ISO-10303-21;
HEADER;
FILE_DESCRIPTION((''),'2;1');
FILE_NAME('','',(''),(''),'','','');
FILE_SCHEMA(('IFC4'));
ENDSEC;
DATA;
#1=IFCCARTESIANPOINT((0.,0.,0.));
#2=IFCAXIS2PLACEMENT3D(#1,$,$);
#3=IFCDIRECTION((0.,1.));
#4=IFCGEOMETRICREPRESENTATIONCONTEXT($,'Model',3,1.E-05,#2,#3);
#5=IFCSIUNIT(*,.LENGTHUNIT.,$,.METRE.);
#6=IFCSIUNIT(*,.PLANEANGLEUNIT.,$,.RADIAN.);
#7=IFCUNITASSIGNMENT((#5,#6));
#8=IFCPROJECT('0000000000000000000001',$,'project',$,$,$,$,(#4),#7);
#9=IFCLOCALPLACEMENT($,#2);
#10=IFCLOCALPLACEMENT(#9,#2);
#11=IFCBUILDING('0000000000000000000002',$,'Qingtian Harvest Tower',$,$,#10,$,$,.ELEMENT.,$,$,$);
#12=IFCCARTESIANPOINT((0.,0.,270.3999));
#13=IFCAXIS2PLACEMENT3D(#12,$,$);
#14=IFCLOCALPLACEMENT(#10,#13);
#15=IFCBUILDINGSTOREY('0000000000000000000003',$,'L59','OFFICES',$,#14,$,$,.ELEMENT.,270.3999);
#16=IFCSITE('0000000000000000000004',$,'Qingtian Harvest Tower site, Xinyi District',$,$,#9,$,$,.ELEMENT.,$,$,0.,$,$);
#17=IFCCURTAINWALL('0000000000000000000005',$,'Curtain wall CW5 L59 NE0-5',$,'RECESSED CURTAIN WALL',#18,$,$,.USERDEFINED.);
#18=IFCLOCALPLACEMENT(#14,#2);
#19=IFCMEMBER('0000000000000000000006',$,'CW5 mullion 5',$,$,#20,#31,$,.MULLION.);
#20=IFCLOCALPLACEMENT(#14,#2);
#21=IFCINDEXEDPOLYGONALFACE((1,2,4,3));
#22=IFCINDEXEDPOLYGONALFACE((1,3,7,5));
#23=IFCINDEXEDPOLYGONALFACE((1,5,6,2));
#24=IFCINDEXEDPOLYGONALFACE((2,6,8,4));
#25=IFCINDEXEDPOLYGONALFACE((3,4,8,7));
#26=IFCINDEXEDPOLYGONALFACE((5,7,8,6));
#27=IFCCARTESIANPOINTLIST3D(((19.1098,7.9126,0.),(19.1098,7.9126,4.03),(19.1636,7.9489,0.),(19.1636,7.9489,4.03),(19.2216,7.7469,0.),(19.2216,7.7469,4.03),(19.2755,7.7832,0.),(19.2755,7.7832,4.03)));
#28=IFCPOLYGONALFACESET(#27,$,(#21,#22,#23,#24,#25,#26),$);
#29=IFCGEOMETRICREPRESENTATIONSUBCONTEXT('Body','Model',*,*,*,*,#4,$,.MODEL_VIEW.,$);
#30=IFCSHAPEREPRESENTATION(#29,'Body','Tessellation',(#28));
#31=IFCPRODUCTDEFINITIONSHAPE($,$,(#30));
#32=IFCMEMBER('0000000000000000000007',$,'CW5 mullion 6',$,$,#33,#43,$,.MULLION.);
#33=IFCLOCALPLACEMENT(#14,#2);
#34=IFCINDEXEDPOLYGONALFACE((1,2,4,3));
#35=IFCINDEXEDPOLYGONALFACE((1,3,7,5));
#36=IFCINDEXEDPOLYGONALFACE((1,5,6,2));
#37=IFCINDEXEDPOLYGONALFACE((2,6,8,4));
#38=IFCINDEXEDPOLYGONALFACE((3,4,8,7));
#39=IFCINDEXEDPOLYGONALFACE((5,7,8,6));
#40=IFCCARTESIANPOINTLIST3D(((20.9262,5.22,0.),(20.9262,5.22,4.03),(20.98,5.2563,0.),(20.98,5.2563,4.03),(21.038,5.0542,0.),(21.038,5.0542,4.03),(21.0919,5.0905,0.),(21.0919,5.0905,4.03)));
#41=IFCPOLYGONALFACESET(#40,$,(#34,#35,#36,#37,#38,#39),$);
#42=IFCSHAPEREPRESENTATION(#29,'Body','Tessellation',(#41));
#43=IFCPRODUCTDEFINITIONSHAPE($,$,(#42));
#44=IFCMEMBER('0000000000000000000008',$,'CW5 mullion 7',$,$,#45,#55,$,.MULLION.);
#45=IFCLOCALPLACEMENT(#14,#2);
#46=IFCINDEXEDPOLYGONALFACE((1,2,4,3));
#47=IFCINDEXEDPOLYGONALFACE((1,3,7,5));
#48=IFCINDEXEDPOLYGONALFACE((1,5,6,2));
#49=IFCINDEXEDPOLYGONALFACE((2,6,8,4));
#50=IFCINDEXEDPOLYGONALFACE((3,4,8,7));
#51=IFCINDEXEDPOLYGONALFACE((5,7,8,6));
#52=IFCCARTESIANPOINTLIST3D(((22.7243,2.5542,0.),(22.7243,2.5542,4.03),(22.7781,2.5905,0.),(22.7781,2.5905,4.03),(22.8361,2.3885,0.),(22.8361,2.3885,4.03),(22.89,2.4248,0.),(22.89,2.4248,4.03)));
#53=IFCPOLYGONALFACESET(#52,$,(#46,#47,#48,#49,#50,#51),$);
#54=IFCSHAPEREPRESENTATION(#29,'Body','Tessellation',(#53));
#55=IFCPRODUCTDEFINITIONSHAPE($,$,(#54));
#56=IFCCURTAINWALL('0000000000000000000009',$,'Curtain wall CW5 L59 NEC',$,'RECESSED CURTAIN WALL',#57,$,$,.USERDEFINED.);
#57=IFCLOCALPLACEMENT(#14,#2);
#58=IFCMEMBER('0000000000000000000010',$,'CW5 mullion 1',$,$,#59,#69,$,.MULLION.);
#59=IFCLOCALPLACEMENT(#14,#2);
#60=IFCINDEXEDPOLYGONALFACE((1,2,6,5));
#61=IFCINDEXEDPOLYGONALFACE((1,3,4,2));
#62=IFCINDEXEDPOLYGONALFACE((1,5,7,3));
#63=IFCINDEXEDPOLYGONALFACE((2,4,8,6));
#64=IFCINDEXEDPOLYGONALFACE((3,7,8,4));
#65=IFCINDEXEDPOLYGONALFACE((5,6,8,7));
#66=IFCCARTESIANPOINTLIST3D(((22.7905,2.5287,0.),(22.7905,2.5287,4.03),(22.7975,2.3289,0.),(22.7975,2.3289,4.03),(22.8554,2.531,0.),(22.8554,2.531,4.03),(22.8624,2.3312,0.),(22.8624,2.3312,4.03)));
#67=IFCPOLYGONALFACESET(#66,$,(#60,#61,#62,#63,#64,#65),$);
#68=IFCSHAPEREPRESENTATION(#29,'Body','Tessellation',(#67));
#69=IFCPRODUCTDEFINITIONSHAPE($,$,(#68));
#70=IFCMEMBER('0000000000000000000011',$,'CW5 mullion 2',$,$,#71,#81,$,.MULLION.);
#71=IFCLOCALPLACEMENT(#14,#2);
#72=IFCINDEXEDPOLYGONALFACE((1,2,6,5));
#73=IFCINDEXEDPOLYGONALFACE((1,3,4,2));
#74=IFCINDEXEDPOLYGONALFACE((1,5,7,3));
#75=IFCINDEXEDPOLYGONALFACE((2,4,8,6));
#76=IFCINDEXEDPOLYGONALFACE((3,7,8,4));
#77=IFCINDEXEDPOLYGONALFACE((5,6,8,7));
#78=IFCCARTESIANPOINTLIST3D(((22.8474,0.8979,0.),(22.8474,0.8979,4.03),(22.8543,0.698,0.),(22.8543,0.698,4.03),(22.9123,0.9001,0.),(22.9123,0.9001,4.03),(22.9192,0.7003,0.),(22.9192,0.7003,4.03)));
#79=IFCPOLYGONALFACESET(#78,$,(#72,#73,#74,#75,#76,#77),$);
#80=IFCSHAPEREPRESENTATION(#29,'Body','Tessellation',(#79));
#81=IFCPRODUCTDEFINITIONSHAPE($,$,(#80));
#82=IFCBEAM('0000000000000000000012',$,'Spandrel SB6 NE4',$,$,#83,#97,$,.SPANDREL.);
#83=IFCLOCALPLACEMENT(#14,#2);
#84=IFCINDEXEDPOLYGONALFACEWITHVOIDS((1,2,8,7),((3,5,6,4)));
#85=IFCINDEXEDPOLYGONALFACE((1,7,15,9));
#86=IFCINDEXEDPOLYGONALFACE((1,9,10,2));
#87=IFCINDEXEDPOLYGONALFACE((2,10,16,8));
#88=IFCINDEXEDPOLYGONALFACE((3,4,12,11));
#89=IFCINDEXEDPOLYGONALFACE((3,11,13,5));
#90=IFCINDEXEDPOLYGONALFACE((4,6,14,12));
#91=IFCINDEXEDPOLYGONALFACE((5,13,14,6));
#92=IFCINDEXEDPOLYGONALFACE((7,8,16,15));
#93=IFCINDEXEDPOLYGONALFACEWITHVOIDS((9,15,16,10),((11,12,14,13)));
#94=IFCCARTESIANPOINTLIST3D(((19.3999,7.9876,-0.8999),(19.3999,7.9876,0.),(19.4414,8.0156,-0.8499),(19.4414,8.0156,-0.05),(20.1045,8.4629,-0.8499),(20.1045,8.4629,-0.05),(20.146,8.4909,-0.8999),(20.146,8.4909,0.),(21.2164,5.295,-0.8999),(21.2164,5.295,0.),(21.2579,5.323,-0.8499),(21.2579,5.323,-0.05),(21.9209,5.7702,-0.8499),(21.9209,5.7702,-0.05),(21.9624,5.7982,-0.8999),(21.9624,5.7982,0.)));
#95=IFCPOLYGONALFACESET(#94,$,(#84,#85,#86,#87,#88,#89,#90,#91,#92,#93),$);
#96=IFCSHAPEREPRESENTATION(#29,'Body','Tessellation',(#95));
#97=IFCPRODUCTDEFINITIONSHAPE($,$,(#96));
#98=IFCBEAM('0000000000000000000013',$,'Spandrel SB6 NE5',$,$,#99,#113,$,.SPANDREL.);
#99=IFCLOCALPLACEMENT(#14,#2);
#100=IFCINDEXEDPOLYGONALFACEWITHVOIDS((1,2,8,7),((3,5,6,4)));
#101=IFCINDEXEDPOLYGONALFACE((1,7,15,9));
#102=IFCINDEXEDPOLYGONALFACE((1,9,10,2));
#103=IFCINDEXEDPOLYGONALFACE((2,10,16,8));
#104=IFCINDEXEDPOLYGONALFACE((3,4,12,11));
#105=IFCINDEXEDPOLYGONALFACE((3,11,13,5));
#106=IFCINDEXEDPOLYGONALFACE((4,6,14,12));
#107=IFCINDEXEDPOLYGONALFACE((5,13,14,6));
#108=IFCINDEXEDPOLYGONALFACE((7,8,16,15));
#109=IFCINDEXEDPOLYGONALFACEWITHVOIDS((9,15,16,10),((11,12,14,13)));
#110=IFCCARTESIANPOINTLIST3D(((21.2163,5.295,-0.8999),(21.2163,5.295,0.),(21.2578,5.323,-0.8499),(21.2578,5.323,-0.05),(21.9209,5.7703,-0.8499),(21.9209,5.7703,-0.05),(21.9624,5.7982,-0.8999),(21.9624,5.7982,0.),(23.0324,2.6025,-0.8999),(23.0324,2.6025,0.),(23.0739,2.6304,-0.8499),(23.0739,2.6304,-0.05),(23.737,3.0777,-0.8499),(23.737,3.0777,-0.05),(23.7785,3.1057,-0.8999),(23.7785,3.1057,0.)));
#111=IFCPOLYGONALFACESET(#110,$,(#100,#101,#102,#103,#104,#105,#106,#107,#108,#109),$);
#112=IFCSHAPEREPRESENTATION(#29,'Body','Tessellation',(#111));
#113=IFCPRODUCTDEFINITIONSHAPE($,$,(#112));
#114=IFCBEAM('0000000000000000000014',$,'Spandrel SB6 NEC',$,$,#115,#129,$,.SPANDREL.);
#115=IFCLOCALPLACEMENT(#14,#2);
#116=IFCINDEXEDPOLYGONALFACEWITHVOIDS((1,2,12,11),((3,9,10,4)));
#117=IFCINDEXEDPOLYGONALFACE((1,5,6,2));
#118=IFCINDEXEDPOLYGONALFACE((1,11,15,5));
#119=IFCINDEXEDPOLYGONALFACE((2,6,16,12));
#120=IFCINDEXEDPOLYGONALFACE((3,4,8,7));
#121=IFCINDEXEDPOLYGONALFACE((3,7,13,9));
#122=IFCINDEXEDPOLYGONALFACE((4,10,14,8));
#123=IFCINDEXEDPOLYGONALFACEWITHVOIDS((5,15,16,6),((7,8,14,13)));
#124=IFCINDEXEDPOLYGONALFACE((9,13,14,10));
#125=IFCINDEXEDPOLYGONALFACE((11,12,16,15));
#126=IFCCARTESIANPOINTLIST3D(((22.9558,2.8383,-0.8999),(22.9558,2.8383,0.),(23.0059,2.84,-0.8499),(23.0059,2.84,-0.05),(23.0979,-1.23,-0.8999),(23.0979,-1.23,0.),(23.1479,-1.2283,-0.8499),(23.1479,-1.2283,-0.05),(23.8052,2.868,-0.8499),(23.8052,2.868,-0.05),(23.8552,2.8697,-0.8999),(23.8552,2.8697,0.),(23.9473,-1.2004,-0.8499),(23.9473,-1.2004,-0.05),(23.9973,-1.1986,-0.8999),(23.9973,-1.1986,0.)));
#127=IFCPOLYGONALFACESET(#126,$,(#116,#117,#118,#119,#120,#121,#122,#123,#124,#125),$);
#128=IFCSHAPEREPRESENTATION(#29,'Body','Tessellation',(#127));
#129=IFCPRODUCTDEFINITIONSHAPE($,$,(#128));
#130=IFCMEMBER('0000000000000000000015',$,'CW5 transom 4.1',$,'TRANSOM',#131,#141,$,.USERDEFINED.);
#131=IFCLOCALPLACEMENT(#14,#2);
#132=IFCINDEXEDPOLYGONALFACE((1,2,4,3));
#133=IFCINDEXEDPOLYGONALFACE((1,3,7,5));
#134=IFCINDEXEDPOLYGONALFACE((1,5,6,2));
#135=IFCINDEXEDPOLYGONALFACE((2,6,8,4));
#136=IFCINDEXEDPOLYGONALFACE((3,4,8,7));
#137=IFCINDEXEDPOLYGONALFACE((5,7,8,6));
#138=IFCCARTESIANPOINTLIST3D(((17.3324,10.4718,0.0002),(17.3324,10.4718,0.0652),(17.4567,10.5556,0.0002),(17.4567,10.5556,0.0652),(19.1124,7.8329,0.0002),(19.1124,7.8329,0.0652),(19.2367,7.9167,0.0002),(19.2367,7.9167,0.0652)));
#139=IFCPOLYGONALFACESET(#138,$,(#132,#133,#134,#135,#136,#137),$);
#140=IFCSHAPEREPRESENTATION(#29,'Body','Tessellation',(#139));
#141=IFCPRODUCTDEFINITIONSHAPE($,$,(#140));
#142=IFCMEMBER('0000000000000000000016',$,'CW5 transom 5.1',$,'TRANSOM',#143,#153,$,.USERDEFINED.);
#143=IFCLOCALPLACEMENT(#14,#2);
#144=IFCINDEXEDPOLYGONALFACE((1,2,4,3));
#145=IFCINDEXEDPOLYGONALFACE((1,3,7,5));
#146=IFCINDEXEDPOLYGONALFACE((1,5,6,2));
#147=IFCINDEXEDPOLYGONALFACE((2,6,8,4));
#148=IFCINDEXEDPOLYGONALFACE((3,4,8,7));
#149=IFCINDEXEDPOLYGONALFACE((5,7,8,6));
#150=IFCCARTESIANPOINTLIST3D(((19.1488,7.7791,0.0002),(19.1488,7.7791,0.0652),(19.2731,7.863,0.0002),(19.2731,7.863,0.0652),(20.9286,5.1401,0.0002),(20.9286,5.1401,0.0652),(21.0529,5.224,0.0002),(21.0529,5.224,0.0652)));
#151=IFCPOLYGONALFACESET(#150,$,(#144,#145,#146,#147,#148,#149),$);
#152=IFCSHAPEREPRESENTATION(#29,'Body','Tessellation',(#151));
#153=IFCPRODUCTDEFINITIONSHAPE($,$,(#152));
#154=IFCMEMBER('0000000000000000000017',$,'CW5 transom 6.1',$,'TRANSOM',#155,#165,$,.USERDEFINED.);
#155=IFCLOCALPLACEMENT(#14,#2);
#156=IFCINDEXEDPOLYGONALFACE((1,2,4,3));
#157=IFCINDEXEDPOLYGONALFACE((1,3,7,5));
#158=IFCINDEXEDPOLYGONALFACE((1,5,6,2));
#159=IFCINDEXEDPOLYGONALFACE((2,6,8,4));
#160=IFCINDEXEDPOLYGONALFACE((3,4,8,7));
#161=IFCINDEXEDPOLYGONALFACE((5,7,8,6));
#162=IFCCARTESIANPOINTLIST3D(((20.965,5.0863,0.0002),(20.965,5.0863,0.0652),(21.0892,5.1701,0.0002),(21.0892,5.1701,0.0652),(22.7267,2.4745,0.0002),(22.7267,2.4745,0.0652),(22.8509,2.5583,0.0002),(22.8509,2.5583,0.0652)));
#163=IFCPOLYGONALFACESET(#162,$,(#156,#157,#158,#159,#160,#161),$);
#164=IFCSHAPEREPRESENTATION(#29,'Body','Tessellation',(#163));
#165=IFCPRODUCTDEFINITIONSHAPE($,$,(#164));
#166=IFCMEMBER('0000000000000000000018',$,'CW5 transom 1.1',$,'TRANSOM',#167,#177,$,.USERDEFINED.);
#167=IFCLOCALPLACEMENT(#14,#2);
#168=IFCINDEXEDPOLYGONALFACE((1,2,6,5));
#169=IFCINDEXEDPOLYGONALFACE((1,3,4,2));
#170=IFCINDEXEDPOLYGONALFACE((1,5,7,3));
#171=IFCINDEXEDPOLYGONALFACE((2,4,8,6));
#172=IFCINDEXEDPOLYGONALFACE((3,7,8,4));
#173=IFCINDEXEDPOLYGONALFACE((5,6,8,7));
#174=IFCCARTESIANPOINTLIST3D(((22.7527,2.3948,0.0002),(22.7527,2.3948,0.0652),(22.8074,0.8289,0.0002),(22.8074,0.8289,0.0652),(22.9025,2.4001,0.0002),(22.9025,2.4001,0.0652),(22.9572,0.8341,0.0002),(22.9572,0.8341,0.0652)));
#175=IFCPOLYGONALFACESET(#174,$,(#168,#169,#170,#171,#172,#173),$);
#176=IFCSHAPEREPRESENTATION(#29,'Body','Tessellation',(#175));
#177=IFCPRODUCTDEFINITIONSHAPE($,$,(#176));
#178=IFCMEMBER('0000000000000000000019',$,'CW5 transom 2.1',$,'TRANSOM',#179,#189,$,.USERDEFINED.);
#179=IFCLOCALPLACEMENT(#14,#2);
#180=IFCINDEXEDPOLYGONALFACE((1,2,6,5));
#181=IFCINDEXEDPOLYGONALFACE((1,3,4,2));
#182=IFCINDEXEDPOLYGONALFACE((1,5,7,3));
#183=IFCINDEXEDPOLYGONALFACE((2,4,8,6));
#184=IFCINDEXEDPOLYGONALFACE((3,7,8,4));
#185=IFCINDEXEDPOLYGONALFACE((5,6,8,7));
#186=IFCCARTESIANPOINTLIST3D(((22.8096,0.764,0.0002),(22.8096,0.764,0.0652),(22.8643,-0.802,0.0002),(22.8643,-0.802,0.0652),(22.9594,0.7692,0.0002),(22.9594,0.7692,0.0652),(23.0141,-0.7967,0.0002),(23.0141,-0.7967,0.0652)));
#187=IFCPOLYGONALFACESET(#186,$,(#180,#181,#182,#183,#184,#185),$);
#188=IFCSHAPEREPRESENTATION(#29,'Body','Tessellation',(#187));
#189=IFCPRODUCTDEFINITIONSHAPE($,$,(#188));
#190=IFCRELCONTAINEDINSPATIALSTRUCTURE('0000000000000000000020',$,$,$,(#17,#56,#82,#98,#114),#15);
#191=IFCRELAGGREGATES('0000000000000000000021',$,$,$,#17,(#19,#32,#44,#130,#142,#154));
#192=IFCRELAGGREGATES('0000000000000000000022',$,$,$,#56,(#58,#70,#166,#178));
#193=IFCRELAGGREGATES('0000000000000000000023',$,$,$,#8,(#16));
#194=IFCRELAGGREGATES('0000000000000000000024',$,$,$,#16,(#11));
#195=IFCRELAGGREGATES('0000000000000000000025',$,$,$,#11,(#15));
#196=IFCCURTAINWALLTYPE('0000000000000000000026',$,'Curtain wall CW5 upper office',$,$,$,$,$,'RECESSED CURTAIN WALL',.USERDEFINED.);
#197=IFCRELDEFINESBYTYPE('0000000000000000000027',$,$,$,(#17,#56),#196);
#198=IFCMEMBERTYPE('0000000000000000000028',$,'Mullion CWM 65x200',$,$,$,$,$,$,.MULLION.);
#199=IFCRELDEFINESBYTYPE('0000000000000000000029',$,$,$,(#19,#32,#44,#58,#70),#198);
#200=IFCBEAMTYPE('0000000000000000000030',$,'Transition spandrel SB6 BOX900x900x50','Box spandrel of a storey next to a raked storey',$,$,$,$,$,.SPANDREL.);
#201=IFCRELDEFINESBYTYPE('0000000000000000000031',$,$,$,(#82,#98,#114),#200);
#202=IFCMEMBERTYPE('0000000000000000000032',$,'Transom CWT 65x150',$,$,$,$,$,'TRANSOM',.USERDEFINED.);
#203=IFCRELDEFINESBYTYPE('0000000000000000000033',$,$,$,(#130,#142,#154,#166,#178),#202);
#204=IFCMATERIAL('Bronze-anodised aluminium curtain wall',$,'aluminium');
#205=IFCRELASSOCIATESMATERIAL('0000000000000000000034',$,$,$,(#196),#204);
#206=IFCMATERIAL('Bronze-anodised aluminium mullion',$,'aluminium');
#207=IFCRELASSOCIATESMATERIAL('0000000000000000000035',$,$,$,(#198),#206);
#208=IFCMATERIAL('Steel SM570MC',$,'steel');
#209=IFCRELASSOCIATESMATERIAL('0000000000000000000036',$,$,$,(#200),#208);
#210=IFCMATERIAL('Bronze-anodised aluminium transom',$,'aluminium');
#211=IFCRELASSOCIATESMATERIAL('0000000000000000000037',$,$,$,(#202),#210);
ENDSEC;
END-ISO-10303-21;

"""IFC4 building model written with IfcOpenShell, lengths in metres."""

from ifc_helpers import new_model, si_unit, direction, frame, origin, origin_2d, place, context, subcontext, project, spatial, rectangle, hollow_rectangle, extrude, material, material_profile, profile_set, type_object, element, aggregate, save


model = new_model("IFC4")

# Units and contexts
model_context = context("Model", 3, precision=1e-05, world=origin(), true_north=direction((0.0, 1.0)))
body_context = subcontext(model_context, "Body", "Model", "MODEL_VIEW")
ifc_project = project(units=[si_unit("LENGTHUNIT", "METRE"), si_unit("PLANEANGLEUNIT", "RADIAN")], contexts=[model_context])

# Site, building, storey
site_placement = place(None, origin())
site = spatial("IfcSite", under=ifc_project, at=site_placement, Name="Qingtian Harvest Tower site, Xinyi District", CompositionType="ELEMENT", RefElevation=0.0)
building_placement = place(site_placement, origin())
building = spatial("IfcBuilding", under=site, at=building_placement, Name="Qingtian Harvest Tower", CompositionType="ELEMENT")
storey_placement = place(building_placement, frame((0.0, 0.0, 270.3999)))
storey = spatial("IfcBuildingStorey", under=building, at=storey_placement, Name="L59", Description="OFFICES", CompositionType="ELEMENT", Elevation=270.3999)

# Curtain walls, members
ifc_material_1 = material(Name="Bronze-anodised aluminium curtain wall", Category="aluminium")
curtain_wall_type = type_object("IfcCurtainWallType", Name="Curtain wall CW5 upper office", ElementType="RECESSED CURTAIN WALL", PredefinedType="USERDEFINED", material=ifc_material_1)
curtain_wall_1_placement = place(storey_placement, origin())
curtain_wall_1 = element("IfcCurtainWall", 1, at=curtain_wall_1_placement, inside=storey, type_object=curtain_wall_type, Name="Curtain wall CW5 L59 NE0-5", ObjectType="RECESSED CURTAIN WALL", PredefinedType="USERDEFINED")
ifc_material_2 = material(Name="Bronze-anodised aluminium mullion", Category="aluminium")
ifc_material_profile_1 = material_profile(ifc_material_2, rectangle(XDim=0.0649, YDim=0.2, at=origin_2d()), Name="AL 65x200")
ifc_profile_set_1 = profile_set([ifc_material_profile_1], Name="Bronze-anodised aluminium mullion")
member_type_1 = type_object("IfcMemberType", Name="Mullion CWM 65x200", PredefinedType="MULLION", material=ifc_profile_set_1)
member_1_placement = place(storey_placement, frame((19.1926, 7.8479, 0.0), z_axis=(0.0, 0.0, 1.0), x_axis=(0.829038, 0.559193, 0.0)))
member_1 = element("IfcMember", 2, at=member_1_placement, type_object=member_type_1, Name="CW5 mullion 5", PredefinedType="MULLION", context=body_context, shape_type="SweptSolid", body=[
    extrude(rectangle(XDim=0.0649, YDim=0.2, at=origin_2d()), origin(), (0.0, 0.0, 1.0), 4.03),
])
member_2_placement = place(storey_placement, frame((21.009, 5.1553, 0.0), z_axis=(0.0, 0.0, 1.0), x_axis=(0.829038, 0.559193, 0.0)))
member_2 = element("IfcMember", 3, at=member_2_placement, type_object=member_type_1, Name="CW5 mullion 6", PredefinedType="MULLION", context=body_context, shape_type="SweptSolid", body=[
    extrude(rectangle(XDim=0.0649, YDim=0.2, at=origin_2d()), origin(), (0.0, 0.0, 1.0), 4.03),
])
member_3_placement = place(storey_placement, frame((22.8071, 2.4895, 0.0), z_axis=(0.0, 0.0, 1.0), x_axis=(0.829038, 0.559193, 0.0)))
member_3 = element("IfcMember", 4, at=member_3_placement, type_object=member_type_1, Name="CW5 mullion 7", PredefinedType="MULLION", context=body_context, shape_type="SweptSolid", body=[
    extrude(rectangle(XDim=0.0649, YDim=0.2, at=origin_2d()), origin(), (0.0, 0.0, 1.0), 4.03),
])
curtain_wall_2_placement = place(storey_placement, origin())
curtain_wall_2 = element("IfcCurtainWall", 5, at=curtain_wall_2_placement, inside=storey, type_object=curtain_wall_type, Name="Curtain wall CW5 L59 NEC", ObjectType="RECESSED CURTAIN WALL", PredefinedType="USERDEFINED")
member_4_placement = place(storey_placement, frame((22.8264, 2.4299, 0.0), z_axis=(0.0, 0.0, 1.0), x_axis=(0.999391, 0.034899, 0.0)))
member_4 = element("IfcMember", 6, at=member_4_placement, type_object=member_type_1, Name="CW5 mullion 1", PredefinedType="MULLION", context=body_context, shape_type="SweptSolid", body=[
    extrude(rectangle(XDim=0.0649, YDim=0.2, at=origin_2d()), origin(), (0.0, 0.0, 1.0), 4.03),
])
member_5_placement = place(storey_placement, frame((22.8833, 0.7991, 0.0), z_axis=(0.0, 0.0, 1.0), x_axis=(0.999391, 0.034899, 0.0)))
member_5 = element("IfcMember", 7, at=member_5_placement, type_object=member_type_1, Name="CW5 mullion 2", PredefinedType="MULLION", context=body_context, shape_type="SweptSolid", body=[
    extrude(rectangle(XDim=0.0649, YDim=0.2, at=origin_2d()), origin(), (0.0, 0.0, 1.0), 4.03),
])

# Beams
ifc_material_3 = material(Name="Steel SM570MC", Category="steel")
ifc_material_profile_2 = material_profile(ifc_material_3, hollow_rectangle(XDim=0.8999, YDim=0.8999, WallThickness=0.05, at=origin_2d()), Name="BOX900x900x50")
ifc_profile_set_2 = profile_set([ifc_material_profile_2], Name="Steel SM570MC")
beam_type_1 = type_object("IfcBeamType", Name="Transition spandrel SB6 BOX900x900x50", Description="Box spandrel of a storey next to a raked storey", PredefinedType="SPANDREL", material=ifc_profile_set_2)
beam_1_placement = place(storey_placement, frame((19.7729, 8.2393, -0.45), z_axis=(0.559237, -0.829008, 0.0), x_axis=(0.829008, 0.559237, 0.0)))
element("IfcBeam", 8, at=beam_1_placement, inside=storey, type_object=beam_type_1, Name="Spandrel SB6 NE4", PredefinedType="SPANDREL", context=body_context, shape_type="SweptSolid", body=[
    extrude(hollow_rectangle(XDim=0.8999, YDim=0.8999, WallThickness=0.05, at=origin_2d()), origin(), (0.0, 0.0, 1.0), 3.248),
])
beam_2_placement = place(storey_placement, frame((21.5894, 5.5466, -0.45), z_axis=(0.559185, -0.829043, 0.0), x_axis=(0.829043, 0.559185, 0.0)))
element("IfcBeam", 9, at=beam_2_placement, inside=storey, type_object=beam_type_1, Name="Spandrel SB6 NE5", PredefinedType="SPANDREL", context=body_context, shape_type="SweptSolid", body=[
    extrude(hollow_rectangle(XDim=0.8999, YDim=0.8999, WallThickness=0.05, at=origin_2d()), origin(), (0.0, 0.0, 1.0), 3.2478),
])
beam_3_placement = place(storey_placement, frame((23.4055, 2.854, -0.45), z_axis=(0.034904, -0.999391, 0.0), x_axis=(0.999391, 0.034904, 0.0)))
element("IfcBeam", 10, at=beam_3_placement, inside=storey, type_object=beam_type_1, Name="Spandrel SB6 NEC", PredefinedType="SPANDREL", context=body_context, shape_type="SweptSolid", body=[
    extrude(hollow_rectangle(XDim=0.8999, YDim=0.8999, WallThickness=0.05, at=origin_2d()), origin(), (0.0, 0.0, 1.0), 4.0708),
])

# Members
ifc_material_4 = material(Name="Bronze-anodised aluminium transom", Category="aluminium")
ifc_material_profile_3 = material_profile(ifc_material_4, rectangle(XDim=0.1499, YDim=0.0649, at=origin_2d()), Name="AL 65x150")
ifc_profile_set_3 = profile_set([ifc_material_profile_3], Name="Bronze-anodised aluminium transom")
member_type_2 = type_object("IfcMemberType", Name="Transom CWT 65x150", ElementType="TRANSOM", PredefinedType="USERDEFINED", material=ifc_profile_set_3)
member_6_placement = place(storey_placement, frame((17.3945, 10.5137, 0.0327), z_axis=(0.559205, -0.829029, 0.0), x_axis=(0.829029, 0.559205, 0.0)))
member_6 = element("IfcMember", 11, at=member_6_placement, type_object=member_type_2, Name="CW5 transom 4.1", ObjectType="TRANSOM", PredefinedType="USERDEFINED", context=body_context, shape_type="SweptSolid", body=[
    extrude(rectangle(XDim=0.1499, YDim=0.0649, at=origin_2d()), origin(), (0.0, 0.0, 1.0), 3.1831),
])
member_7_placement = place(storey_placement, frame((19.2109, 7.821, 0.0327), z_axis=(0.559153, -0.829065, 0.0), x_axis=(0.829065, 0.559153, 0.0)))
member_7 = element("IfcMember", 12, at=member_7_placement, type_object=member_type_2, Name="CW5 transom 5.1", ObjectType="TRANSOM", PredefinedType="USERDEFINED", context=body_context, shape_type="SweptSolid", body=[
    extrude(rectangle(XDim=0.1499, YDim=0.0649, at=origin_2d()), origin(), (0.0, 0.0, 1.0), 3.1831),
])
member_8_placement = place(storey_placement, frame((21.0271, 5.1282, 0.0327), z_axis=(0.559199, -0.829034, 0.0), x_axis=(0.829034, 0.559199, 0.0)))
member_8 = element("IfcMember", 13, at=member_8_placement, type_object=member_type_2, Name="CW5 transom 6.1", ObjectType="TRANSOM", PredefinedType="USERDEFINED", context=body_context, shape_type="SweptSolid", body=[
    extrude(rectangle(XDim=0.1499, YDim=0.0649, at=origin_2d()), origin(), (0.0, 0.0, 1.0), 3.1504),
])
member_9_placement = place(storey_placement, frame((22.8276, 2.3975, 0.0327), z_axis=(0.034902, -0.999391, 0.0), x_axis=(0.999391, 0.034902, 0.0)))
member_9 = element("IfcMember", 14, at=member_9_placement, type_object=member_type_2, Name="CW5 transom 1.1", ObjectType="TRANSOM", PredefinedType="USERDEFINED", context=body_context, shape_type="SweptSolid", body=[
    extrude(rectangle(XDim=0.1499, YDim=0.0649, at=origin_2d()), origin(), (0.0, 0.0, 1.0), 1.5669),
])
member_10_placement = place(storey_placement, frame((22.8845, 0.7666, 0.0327), z_axis=(0.034902, -0.999391, 0.0), x_axis=(0.999391, 0.034902, 0.0)))
member_10 = element("IfcMember", 15, at=member_10_placement, type_object=member_type_2, Name="CW5 transom 2.1", ObjectType="TRANSOM", PredefinedType="USERDEFINED", context=body_context, shape_type="SweptSolid", body=[
    extrude(rectangle(XDim=0.1499, YDim=0.0649, at=origin_2d()), origin(), (0.0, 0.0, 1.0), 1.5669),
])

aggregate(curtain_wall_1, [member_1, member_2, member_3, member_6, member_7, member_8])
aggregate(curtain_wall_2, [member_4, member_5, member_9, member_10])

save(model, "model.ifc")
